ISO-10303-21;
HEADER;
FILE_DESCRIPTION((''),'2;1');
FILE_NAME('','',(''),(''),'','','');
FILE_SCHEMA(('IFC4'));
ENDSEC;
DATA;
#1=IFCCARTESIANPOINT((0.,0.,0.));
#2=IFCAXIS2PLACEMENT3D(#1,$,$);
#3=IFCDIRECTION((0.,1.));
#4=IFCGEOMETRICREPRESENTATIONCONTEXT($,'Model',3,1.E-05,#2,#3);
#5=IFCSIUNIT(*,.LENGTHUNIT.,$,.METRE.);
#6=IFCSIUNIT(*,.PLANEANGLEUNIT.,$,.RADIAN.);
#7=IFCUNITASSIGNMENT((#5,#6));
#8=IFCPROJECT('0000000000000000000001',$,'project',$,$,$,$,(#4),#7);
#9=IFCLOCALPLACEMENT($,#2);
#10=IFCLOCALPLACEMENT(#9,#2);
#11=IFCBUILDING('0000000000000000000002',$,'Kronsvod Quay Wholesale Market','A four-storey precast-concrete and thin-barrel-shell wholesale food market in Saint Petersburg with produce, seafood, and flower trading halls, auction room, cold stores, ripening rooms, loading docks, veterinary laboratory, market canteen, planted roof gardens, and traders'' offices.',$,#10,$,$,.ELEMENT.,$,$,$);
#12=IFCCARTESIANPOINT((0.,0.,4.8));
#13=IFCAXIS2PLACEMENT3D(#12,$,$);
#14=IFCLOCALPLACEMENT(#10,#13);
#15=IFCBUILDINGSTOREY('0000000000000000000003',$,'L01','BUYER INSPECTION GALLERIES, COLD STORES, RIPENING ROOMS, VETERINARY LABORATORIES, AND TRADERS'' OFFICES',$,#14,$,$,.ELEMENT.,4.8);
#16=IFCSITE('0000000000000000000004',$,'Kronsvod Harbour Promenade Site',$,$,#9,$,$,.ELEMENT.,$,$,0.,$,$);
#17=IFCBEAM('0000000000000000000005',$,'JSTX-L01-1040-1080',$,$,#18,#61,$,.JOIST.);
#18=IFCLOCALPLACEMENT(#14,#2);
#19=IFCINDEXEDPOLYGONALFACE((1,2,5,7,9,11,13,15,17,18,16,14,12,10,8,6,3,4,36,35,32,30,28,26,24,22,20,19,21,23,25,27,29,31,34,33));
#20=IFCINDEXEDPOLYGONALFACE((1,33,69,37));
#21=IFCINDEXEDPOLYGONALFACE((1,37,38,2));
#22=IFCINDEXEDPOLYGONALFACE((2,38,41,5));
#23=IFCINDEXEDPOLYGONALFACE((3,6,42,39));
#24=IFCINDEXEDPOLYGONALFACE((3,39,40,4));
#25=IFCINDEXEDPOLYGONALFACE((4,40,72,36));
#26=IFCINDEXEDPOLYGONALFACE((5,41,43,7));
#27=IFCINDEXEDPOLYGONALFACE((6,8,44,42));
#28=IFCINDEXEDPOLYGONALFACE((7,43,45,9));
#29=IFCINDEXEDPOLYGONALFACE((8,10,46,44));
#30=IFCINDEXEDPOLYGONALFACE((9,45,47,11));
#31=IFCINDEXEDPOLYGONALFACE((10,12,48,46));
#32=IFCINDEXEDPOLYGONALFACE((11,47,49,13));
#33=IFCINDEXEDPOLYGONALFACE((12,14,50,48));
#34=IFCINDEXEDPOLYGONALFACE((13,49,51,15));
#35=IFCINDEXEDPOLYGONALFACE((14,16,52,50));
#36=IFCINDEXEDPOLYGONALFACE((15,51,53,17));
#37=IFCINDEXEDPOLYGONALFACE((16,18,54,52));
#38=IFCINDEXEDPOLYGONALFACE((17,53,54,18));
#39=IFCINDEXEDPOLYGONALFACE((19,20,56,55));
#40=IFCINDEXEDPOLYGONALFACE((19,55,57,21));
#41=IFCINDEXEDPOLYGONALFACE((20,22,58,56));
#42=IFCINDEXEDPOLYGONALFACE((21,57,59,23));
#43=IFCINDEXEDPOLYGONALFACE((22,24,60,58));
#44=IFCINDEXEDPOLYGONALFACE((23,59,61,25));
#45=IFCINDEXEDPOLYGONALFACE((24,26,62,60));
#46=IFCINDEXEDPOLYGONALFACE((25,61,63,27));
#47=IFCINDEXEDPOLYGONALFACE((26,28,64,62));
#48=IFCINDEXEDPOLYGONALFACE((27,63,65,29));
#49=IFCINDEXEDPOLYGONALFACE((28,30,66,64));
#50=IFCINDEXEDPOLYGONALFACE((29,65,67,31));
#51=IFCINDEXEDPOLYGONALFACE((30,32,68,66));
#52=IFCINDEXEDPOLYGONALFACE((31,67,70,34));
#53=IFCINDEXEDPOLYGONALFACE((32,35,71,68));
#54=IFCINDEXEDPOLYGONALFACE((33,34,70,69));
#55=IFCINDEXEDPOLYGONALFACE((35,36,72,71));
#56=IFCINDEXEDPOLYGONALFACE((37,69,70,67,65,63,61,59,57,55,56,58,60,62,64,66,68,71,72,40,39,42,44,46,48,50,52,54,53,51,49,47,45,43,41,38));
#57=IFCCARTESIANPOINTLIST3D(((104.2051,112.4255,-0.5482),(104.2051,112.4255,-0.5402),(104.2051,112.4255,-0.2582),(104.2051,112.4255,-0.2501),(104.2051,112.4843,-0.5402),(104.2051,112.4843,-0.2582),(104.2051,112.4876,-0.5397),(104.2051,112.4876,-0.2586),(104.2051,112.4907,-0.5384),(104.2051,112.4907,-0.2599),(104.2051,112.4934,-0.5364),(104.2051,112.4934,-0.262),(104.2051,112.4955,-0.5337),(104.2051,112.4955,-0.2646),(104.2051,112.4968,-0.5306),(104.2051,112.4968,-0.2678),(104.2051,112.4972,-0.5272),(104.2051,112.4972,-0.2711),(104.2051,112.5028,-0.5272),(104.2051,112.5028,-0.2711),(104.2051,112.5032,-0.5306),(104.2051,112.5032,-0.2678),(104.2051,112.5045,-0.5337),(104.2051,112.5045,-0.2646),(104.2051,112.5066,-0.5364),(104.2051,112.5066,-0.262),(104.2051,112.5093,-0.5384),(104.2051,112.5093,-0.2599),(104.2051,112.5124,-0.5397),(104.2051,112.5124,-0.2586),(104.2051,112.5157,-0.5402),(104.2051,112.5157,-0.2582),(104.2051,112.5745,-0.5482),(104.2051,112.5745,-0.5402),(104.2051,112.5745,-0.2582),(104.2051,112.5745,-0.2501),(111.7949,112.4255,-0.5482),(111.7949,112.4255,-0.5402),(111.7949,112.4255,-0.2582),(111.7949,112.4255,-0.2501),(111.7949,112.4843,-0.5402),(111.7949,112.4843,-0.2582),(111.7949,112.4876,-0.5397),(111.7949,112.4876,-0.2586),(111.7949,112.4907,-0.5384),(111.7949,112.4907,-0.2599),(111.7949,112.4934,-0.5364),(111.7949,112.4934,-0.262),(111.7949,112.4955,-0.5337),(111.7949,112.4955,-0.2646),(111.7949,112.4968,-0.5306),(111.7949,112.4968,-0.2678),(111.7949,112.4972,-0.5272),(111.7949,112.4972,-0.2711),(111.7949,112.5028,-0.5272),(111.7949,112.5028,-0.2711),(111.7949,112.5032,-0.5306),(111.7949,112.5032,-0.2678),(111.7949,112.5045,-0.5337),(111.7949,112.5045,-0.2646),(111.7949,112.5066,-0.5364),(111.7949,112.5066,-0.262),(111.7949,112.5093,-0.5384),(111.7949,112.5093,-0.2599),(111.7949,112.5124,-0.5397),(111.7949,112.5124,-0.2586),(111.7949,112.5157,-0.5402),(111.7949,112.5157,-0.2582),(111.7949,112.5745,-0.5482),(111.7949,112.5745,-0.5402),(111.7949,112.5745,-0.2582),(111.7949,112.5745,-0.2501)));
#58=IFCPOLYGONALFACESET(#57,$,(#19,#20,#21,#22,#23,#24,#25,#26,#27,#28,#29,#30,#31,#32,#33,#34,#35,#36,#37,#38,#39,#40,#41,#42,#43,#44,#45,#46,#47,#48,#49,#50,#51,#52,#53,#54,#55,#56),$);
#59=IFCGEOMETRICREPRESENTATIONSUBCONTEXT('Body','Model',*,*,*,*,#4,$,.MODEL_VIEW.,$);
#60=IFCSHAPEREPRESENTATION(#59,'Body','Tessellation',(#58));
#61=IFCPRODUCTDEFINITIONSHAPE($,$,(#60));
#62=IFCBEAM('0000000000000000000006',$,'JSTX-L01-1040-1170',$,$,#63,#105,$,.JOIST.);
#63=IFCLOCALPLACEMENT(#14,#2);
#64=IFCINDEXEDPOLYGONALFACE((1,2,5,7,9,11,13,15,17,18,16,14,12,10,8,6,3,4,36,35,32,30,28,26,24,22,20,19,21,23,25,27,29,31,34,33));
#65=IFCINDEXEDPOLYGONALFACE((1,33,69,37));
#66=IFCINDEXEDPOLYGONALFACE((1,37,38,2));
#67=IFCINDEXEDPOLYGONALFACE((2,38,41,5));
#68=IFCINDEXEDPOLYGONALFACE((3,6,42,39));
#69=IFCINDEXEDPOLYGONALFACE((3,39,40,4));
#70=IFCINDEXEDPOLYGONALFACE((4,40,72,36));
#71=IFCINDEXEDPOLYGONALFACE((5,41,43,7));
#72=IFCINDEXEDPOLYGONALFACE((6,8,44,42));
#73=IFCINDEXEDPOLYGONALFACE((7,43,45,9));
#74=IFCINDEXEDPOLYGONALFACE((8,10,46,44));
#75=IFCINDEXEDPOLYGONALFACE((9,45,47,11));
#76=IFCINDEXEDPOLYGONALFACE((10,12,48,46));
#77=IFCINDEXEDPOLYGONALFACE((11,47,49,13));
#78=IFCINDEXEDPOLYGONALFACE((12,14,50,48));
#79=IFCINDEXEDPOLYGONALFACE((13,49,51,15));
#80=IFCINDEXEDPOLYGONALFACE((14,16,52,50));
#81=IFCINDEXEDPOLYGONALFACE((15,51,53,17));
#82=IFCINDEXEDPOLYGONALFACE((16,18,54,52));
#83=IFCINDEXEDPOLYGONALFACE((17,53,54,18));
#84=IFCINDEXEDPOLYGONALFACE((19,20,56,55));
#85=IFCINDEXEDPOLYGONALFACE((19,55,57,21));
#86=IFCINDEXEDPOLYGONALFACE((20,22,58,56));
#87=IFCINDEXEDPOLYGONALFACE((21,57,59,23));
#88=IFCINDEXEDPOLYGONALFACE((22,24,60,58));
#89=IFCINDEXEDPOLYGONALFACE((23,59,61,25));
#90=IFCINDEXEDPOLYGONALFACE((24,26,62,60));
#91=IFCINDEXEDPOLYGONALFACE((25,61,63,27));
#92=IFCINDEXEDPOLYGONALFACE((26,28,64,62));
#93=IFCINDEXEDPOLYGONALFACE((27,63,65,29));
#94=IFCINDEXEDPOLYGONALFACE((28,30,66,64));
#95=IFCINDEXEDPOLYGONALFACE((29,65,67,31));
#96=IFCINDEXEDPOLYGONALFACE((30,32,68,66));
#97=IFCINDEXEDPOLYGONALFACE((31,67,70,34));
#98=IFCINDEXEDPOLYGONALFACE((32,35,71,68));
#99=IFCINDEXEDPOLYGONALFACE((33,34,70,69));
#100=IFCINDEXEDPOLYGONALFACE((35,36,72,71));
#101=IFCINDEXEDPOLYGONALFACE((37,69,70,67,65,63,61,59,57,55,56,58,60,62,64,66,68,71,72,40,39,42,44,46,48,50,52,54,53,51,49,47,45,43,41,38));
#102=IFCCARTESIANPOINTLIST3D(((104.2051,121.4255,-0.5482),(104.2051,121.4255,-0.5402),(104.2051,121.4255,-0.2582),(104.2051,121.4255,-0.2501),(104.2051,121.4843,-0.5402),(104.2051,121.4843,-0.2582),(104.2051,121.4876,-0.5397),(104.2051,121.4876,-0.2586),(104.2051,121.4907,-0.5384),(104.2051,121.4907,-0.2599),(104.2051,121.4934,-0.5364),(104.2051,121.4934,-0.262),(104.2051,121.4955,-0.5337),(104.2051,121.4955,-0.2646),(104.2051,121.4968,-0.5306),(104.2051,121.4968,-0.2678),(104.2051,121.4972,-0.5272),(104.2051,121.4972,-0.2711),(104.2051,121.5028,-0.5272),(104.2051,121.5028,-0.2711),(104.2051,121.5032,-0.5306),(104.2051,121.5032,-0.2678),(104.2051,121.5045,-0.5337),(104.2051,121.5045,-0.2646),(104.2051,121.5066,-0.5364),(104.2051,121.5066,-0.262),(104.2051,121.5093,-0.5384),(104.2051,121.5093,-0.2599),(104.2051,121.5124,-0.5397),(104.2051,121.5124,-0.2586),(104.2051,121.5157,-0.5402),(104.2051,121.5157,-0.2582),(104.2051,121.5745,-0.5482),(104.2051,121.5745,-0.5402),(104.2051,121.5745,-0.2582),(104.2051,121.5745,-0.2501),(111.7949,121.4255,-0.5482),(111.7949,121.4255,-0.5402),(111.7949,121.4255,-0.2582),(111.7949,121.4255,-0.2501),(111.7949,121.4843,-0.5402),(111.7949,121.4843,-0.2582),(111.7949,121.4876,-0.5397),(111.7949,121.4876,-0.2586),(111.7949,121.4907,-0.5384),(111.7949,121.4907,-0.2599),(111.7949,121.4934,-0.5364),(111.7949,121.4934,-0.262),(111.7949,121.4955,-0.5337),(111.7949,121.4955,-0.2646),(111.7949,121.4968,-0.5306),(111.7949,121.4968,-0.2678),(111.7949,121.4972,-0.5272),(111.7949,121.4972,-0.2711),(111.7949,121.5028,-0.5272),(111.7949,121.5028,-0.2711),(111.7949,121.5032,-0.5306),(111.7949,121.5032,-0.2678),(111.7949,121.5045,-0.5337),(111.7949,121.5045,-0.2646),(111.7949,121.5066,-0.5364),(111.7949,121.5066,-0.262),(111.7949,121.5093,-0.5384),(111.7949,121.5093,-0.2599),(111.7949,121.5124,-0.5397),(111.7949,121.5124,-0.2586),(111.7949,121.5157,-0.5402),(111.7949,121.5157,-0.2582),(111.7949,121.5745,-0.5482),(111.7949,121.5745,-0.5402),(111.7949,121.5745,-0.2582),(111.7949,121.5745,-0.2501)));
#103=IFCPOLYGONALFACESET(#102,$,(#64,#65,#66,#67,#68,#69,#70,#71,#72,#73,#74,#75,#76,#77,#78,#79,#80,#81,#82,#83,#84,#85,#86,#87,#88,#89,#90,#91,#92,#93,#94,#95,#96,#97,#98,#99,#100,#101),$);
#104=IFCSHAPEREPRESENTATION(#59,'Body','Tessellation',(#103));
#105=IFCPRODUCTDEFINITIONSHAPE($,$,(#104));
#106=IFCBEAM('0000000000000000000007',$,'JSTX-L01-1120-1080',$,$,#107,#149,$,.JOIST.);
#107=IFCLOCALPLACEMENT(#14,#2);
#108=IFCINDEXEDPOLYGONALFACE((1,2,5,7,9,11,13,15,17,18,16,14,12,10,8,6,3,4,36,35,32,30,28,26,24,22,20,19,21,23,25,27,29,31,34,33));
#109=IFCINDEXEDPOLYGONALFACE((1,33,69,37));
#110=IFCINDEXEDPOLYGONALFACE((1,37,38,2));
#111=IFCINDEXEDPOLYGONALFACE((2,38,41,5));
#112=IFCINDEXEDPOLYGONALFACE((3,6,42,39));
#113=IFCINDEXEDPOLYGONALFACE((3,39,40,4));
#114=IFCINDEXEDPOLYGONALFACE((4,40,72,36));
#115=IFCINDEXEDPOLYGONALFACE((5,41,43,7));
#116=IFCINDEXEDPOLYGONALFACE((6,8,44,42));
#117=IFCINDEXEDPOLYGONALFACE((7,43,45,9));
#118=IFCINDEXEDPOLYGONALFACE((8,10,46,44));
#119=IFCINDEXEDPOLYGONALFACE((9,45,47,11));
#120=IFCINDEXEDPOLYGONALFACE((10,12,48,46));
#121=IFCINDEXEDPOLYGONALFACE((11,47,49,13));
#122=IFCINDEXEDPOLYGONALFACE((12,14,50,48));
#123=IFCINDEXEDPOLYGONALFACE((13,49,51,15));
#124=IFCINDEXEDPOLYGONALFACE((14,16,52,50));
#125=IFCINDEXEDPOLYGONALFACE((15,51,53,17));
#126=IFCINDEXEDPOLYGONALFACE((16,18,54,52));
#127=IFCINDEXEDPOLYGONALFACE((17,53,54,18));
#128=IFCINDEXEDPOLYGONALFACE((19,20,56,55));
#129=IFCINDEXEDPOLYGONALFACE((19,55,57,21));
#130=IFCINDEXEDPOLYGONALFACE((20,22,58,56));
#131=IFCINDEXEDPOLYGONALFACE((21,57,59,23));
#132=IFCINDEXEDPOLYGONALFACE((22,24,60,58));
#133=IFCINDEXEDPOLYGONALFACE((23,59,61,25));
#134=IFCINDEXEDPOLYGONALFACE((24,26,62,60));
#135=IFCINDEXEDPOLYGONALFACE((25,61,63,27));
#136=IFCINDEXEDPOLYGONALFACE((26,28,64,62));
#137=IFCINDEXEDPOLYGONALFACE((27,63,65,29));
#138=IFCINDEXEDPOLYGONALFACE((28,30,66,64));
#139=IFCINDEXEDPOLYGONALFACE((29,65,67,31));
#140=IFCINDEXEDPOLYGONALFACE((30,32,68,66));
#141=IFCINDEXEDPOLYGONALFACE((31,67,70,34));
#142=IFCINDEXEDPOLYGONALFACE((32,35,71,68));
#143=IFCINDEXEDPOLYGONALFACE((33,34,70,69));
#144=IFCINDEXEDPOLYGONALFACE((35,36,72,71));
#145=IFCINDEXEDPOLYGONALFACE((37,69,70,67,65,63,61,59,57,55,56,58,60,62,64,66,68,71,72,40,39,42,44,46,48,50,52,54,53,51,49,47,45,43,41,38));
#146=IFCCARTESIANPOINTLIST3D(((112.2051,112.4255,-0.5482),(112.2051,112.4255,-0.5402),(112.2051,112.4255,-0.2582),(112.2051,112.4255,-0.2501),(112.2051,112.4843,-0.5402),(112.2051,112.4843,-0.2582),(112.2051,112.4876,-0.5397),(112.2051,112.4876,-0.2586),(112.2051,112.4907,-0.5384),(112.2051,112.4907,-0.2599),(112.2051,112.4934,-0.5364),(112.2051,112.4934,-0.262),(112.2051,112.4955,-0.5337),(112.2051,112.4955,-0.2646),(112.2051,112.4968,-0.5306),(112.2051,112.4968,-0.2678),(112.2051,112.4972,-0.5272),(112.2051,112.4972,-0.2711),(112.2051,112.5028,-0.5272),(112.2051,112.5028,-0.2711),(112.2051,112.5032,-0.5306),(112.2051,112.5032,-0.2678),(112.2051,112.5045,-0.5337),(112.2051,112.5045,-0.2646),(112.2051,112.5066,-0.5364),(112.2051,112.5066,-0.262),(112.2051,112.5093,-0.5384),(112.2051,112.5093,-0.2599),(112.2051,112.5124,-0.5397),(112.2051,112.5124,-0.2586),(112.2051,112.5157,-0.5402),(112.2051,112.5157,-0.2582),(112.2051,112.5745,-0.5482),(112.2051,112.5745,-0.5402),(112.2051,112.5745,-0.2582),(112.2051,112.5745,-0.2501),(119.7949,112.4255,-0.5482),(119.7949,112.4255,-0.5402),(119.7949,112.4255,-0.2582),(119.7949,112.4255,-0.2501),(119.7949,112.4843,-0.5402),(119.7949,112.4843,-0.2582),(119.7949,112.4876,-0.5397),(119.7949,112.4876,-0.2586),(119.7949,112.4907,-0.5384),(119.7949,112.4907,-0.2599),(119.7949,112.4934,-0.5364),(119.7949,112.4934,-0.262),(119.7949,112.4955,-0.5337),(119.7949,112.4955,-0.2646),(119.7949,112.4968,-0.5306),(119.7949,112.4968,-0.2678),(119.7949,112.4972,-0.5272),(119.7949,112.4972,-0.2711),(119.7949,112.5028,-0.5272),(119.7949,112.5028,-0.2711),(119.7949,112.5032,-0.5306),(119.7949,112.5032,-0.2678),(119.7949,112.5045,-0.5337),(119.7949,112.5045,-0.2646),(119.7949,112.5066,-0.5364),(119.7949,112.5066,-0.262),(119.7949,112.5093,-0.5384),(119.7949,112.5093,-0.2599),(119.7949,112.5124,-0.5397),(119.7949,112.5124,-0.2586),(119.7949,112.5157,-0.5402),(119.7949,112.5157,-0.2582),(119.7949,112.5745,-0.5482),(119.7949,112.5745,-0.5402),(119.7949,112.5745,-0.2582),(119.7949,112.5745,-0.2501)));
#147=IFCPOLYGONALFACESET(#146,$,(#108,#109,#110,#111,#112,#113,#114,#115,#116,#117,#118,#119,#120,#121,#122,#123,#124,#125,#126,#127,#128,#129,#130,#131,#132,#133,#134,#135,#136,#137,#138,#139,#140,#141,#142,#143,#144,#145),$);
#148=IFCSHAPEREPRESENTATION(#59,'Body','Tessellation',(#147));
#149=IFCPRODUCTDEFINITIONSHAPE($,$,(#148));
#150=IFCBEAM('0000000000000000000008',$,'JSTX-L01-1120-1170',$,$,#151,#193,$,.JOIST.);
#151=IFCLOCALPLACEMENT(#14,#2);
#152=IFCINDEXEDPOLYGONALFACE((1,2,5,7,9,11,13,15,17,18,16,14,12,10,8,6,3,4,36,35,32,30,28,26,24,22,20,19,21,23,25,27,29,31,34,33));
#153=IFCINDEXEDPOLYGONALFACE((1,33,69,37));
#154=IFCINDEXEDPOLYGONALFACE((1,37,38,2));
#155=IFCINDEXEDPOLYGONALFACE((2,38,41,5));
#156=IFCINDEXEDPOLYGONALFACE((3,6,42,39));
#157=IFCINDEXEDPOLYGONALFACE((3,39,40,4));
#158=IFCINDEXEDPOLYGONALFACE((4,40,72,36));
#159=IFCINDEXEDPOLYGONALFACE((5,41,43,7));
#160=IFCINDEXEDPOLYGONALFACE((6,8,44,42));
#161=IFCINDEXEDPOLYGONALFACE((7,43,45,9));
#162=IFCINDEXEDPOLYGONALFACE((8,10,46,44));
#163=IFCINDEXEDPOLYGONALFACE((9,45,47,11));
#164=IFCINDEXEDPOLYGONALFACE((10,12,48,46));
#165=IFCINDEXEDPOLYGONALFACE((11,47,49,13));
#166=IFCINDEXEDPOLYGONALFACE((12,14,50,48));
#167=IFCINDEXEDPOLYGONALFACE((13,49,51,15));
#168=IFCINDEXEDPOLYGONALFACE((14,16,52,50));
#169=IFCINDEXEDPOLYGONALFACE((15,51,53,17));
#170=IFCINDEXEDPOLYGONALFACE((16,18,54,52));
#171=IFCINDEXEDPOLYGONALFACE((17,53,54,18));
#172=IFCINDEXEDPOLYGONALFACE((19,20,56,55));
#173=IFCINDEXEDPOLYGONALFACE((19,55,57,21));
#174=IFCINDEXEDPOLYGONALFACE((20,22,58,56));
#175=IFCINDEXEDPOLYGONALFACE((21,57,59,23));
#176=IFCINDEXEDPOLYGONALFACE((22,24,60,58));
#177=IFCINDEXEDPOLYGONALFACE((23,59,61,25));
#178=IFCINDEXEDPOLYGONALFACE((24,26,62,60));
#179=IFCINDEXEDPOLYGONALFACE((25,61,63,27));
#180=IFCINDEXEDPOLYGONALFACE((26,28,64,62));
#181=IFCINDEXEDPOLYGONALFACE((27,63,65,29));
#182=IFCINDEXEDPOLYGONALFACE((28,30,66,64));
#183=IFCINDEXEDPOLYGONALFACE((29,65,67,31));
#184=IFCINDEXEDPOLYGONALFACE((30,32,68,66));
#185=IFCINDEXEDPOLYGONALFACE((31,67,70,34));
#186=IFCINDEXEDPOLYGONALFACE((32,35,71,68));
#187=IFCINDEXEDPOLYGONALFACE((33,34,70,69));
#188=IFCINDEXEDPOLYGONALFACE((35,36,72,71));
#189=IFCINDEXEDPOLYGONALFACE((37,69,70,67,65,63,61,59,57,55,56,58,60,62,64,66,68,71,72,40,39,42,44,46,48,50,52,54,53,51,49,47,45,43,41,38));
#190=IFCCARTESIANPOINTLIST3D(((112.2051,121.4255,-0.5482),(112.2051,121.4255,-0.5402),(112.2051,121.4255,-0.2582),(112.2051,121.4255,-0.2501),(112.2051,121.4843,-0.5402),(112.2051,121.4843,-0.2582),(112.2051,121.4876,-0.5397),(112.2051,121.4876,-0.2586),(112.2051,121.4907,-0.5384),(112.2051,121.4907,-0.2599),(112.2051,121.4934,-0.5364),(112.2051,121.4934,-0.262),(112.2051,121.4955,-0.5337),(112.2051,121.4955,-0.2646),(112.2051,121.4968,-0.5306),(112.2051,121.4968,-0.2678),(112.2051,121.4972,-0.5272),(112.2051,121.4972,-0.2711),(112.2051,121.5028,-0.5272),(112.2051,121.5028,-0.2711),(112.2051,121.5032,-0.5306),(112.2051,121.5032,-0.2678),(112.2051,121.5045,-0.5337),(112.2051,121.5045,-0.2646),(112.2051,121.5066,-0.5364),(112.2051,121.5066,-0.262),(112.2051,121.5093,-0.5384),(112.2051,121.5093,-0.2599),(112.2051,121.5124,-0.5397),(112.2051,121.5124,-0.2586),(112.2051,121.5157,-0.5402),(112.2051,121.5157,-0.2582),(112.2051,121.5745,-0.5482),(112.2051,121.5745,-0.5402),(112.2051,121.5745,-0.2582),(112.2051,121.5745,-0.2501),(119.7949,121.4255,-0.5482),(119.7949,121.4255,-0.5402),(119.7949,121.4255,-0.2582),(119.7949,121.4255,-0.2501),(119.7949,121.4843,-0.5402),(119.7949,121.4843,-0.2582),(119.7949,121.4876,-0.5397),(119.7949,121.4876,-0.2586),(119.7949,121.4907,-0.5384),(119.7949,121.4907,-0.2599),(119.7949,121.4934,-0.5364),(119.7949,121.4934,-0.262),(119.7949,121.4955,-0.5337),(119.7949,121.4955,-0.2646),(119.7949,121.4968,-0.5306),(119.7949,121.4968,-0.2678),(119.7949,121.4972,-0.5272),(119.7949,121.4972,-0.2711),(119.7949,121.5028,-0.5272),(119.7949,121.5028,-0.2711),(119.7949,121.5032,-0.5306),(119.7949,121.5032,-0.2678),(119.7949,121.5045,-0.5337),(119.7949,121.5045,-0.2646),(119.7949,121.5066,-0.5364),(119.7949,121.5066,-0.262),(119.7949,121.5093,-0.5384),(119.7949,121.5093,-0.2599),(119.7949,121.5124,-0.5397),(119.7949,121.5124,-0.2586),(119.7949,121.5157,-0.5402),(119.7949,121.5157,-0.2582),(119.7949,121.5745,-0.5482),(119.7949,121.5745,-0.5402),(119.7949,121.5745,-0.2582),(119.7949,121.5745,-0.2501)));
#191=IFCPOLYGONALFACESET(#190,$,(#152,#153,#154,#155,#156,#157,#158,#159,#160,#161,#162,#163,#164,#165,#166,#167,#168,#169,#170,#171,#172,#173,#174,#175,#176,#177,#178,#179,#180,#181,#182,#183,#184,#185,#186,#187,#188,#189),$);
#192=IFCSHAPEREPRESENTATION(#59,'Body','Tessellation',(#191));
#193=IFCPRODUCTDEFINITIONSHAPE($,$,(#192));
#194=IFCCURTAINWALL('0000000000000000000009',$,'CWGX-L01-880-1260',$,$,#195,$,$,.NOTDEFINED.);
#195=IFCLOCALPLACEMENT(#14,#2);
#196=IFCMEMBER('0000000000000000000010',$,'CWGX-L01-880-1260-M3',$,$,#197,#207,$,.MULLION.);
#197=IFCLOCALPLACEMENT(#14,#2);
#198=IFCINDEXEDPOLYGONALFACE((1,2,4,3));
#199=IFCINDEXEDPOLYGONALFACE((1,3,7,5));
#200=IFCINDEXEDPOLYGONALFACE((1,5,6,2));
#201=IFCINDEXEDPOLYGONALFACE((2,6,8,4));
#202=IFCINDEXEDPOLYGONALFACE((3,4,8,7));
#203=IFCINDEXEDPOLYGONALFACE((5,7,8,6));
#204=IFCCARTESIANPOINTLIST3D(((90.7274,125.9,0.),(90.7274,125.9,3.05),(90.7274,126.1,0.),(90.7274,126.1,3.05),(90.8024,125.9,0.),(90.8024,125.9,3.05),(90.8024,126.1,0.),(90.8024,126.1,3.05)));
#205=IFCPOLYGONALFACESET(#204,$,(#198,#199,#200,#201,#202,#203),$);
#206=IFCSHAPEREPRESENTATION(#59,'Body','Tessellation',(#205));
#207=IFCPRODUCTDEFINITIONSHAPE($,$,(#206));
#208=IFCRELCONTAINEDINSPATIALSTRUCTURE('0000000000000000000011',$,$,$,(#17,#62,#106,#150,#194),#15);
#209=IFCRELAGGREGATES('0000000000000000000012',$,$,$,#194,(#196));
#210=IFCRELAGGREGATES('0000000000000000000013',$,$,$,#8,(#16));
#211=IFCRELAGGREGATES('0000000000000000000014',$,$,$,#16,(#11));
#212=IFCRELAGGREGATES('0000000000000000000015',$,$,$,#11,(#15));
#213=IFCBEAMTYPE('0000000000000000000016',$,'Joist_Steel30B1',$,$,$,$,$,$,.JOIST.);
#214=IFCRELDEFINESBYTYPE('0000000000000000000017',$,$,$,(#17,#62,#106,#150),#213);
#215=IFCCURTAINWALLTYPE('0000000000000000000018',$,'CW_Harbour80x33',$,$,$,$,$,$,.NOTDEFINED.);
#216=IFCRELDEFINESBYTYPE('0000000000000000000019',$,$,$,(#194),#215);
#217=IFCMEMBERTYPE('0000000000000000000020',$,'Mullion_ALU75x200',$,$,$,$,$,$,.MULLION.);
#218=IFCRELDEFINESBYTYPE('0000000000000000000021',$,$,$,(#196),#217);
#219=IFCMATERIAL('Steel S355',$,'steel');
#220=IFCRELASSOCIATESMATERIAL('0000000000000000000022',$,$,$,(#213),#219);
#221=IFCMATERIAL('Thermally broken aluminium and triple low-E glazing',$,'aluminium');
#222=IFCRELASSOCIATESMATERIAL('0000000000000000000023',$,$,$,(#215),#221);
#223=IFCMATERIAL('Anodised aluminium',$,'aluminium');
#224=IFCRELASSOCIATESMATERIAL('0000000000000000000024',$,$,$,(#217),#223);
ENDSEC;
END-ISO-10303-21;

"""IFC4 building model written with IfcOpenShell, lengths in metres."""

from ifc_helpers import new_model, si_unit, direction, frame, origin, origin_2d, place, context, subcontext, project, spatial, rectangle, i_section, extrude, material, material_profile, profile_set, type_object, element, aggregate, save


model = new_model("IFC4")

# Units and contexts
model_context = context("Model", 3, precision=1e-05, world=origin(), true_north=direction((0.0, 1.0)))
body_context = subcontext(model_context, "Body", "Model", "MODEL_VIEW")
ifc_project = project(units=[si_unit("LENGTHUNIT", "METRE"), si_unit("PLANEANGLEUNIT", "RADIAN")], contexts=[model_context])

# Site, building, storey
site_placement = place(None, origin())
site = spatial("IfcSite", under=ifc_project, at=site_placement, Name="Kronsvod Harbour Promenade Site", CompositionType="ELEMENT", RefElevation=0.0)
building_placement = place(site_placement, origin())
building = spatial("IfcBuilding", under=site, at=building_placement, Name="Kronsvod Quay Wholesale Market", Description="A four-storey precast-concrete and thin-barrel-shell wholesale food market in Saint Petersburg with produce, seafood, and flower trading halls, auction room, cold stores, ripening rooms, loading docks, veterinary laboratory, market canteen, planted roof gardens, and traders' offices.", CompositionType="ELEMENT")
storey_placement = place(building_placement, frame((0.0, 0.0, 4.8)))
storey = spatial("IfcBuildingStorey", under=building, at=storey_placement, Name="L01", Description="BUYER INSPECTION GALLERIES, COLD STORES, RIPENING ROOMS, VETERINARY LABORATORIES, AND TRADERS' OFFICES", CompositionType="ELEMENT", Elevation=4.8)

# Beams
ifc_material_1 = material(Name="Steel S355", Category="steel")
ifc_material_profile_1 = material_profile(ifc_material_1, i_section(OverallWidth=0.1489, OverallDepth=0.2981, WebThickness=0.0056, FlangeThickness=0.0081, FilletRadius=0.0129, at=origin_2d()), Name="30B1")
ifc_profile_set_1 = profile_set([ifc_material_profile_1], Name="Steel S355")
beam_type_1 = type_object("IfcBeamType", Name="Joist_Steel30B1", PredefinedType="JOIST", material=ifc_profile_set_1)
for number, where, z_axis, x_axis, name in (
    (1, (104.2051, 112.5, -0.3992), (1.0, 0.0, 0.0), (0.0, 1.0, 0.0), "JSTX-L01-1040-1080"),
    (2, (104.2051, 121.5, -0.3992), (1.0, 0.0, 0.0), (0.0, 1.0, 0.0), "JSTX-L01-1040-1170"),
    (3, (112.2051, 112.5, -0.3992), (1.0, 0.0, 0.0), (0.0, 1.0, 0.0), "JSTX-L01-1120-1080"),
    (4, (112.2051, 121.5, -0.3992), (1.0, 0.0, 0.0), (0.0, 1.0, 0.0), "JSTX-L01-1120-1170"),
):
    element("IfcBeam", number, at=place(storey_placement, frame(where, z_axis=z_axis, x_axis=x_axis)), inside=storey, type_object=beam_type_1, Name=name, PredefinedType="JOIST", context=body_context, shape_type="SweptSolid", body=[
        extrude(i_section(OverallWidth=0.1489, OverallDepth=0.2981, WebThickness=0.0056, FlangeThickness=0.0081, FilletRadius=0.0129, at=origin_2d()), origin(), (0.0, 0.0, 1.0), 7.5898),
    ])

# Curtain wall, member
ifc_material_2 = material(Name="Thermally broken aluminium and triple low-E glazing", Category="aluminium")
curtain_wall_type = type_object("IfcCurtainWallType", Name="CW_Harbour80x33", PredefinedType="NOTDEFINED", material=ifc_material_2)
curtain_wall_placement = place(storey_placement, origin())
curtain_wall = element("IfcCurtainWall", 5, at=curtain_wall_placement, inside=storey, type_object=curtain_wall_type, Name="CWGX-L01-880-1260", PredefinedType="NOTDEFINED")
ifc_material_3 = material(Name="Anodised aluminium", Category="aluminium")
ifc_material_profile_2 = material_profile(ifc_material_3, rectangle(XDim=0.075, YDim=0.2, at=origin_2d()), Name="ALUM75x200")
ifc_profile_set_2 = profile_set([ifc_material_profile_2], Name="Anodised aluminium")
member_type_1 = type_object("IfcMemberType", Name="Mullion_ALU75x200", PredefinedType="MULLION", material=ifc_profile_set_2)
member_1_placement = place(storey_placement, frame((90.7649, 126.0, 0.0), z_axis=(0.0, 0.0, 1.0), x_axis=(1.0, 0.0, 0.0)))
member_1 = element("IfcMember", 6, at=member_1_placement, type_object=member_type_1, Name="CWGX-L01-880-1260-M3", PredefinedType="MULLION", context=body_context, shape_type="SweptSolid", body=[
    extrude(rectangle(XDim=0.075, YDim=0.2, at=origin_2d()), origin(), (0.0, 0.0, 1.0), 3.05),
])

aggregate(curtain_wall, [member_1])

save(model, "model.ifc")
